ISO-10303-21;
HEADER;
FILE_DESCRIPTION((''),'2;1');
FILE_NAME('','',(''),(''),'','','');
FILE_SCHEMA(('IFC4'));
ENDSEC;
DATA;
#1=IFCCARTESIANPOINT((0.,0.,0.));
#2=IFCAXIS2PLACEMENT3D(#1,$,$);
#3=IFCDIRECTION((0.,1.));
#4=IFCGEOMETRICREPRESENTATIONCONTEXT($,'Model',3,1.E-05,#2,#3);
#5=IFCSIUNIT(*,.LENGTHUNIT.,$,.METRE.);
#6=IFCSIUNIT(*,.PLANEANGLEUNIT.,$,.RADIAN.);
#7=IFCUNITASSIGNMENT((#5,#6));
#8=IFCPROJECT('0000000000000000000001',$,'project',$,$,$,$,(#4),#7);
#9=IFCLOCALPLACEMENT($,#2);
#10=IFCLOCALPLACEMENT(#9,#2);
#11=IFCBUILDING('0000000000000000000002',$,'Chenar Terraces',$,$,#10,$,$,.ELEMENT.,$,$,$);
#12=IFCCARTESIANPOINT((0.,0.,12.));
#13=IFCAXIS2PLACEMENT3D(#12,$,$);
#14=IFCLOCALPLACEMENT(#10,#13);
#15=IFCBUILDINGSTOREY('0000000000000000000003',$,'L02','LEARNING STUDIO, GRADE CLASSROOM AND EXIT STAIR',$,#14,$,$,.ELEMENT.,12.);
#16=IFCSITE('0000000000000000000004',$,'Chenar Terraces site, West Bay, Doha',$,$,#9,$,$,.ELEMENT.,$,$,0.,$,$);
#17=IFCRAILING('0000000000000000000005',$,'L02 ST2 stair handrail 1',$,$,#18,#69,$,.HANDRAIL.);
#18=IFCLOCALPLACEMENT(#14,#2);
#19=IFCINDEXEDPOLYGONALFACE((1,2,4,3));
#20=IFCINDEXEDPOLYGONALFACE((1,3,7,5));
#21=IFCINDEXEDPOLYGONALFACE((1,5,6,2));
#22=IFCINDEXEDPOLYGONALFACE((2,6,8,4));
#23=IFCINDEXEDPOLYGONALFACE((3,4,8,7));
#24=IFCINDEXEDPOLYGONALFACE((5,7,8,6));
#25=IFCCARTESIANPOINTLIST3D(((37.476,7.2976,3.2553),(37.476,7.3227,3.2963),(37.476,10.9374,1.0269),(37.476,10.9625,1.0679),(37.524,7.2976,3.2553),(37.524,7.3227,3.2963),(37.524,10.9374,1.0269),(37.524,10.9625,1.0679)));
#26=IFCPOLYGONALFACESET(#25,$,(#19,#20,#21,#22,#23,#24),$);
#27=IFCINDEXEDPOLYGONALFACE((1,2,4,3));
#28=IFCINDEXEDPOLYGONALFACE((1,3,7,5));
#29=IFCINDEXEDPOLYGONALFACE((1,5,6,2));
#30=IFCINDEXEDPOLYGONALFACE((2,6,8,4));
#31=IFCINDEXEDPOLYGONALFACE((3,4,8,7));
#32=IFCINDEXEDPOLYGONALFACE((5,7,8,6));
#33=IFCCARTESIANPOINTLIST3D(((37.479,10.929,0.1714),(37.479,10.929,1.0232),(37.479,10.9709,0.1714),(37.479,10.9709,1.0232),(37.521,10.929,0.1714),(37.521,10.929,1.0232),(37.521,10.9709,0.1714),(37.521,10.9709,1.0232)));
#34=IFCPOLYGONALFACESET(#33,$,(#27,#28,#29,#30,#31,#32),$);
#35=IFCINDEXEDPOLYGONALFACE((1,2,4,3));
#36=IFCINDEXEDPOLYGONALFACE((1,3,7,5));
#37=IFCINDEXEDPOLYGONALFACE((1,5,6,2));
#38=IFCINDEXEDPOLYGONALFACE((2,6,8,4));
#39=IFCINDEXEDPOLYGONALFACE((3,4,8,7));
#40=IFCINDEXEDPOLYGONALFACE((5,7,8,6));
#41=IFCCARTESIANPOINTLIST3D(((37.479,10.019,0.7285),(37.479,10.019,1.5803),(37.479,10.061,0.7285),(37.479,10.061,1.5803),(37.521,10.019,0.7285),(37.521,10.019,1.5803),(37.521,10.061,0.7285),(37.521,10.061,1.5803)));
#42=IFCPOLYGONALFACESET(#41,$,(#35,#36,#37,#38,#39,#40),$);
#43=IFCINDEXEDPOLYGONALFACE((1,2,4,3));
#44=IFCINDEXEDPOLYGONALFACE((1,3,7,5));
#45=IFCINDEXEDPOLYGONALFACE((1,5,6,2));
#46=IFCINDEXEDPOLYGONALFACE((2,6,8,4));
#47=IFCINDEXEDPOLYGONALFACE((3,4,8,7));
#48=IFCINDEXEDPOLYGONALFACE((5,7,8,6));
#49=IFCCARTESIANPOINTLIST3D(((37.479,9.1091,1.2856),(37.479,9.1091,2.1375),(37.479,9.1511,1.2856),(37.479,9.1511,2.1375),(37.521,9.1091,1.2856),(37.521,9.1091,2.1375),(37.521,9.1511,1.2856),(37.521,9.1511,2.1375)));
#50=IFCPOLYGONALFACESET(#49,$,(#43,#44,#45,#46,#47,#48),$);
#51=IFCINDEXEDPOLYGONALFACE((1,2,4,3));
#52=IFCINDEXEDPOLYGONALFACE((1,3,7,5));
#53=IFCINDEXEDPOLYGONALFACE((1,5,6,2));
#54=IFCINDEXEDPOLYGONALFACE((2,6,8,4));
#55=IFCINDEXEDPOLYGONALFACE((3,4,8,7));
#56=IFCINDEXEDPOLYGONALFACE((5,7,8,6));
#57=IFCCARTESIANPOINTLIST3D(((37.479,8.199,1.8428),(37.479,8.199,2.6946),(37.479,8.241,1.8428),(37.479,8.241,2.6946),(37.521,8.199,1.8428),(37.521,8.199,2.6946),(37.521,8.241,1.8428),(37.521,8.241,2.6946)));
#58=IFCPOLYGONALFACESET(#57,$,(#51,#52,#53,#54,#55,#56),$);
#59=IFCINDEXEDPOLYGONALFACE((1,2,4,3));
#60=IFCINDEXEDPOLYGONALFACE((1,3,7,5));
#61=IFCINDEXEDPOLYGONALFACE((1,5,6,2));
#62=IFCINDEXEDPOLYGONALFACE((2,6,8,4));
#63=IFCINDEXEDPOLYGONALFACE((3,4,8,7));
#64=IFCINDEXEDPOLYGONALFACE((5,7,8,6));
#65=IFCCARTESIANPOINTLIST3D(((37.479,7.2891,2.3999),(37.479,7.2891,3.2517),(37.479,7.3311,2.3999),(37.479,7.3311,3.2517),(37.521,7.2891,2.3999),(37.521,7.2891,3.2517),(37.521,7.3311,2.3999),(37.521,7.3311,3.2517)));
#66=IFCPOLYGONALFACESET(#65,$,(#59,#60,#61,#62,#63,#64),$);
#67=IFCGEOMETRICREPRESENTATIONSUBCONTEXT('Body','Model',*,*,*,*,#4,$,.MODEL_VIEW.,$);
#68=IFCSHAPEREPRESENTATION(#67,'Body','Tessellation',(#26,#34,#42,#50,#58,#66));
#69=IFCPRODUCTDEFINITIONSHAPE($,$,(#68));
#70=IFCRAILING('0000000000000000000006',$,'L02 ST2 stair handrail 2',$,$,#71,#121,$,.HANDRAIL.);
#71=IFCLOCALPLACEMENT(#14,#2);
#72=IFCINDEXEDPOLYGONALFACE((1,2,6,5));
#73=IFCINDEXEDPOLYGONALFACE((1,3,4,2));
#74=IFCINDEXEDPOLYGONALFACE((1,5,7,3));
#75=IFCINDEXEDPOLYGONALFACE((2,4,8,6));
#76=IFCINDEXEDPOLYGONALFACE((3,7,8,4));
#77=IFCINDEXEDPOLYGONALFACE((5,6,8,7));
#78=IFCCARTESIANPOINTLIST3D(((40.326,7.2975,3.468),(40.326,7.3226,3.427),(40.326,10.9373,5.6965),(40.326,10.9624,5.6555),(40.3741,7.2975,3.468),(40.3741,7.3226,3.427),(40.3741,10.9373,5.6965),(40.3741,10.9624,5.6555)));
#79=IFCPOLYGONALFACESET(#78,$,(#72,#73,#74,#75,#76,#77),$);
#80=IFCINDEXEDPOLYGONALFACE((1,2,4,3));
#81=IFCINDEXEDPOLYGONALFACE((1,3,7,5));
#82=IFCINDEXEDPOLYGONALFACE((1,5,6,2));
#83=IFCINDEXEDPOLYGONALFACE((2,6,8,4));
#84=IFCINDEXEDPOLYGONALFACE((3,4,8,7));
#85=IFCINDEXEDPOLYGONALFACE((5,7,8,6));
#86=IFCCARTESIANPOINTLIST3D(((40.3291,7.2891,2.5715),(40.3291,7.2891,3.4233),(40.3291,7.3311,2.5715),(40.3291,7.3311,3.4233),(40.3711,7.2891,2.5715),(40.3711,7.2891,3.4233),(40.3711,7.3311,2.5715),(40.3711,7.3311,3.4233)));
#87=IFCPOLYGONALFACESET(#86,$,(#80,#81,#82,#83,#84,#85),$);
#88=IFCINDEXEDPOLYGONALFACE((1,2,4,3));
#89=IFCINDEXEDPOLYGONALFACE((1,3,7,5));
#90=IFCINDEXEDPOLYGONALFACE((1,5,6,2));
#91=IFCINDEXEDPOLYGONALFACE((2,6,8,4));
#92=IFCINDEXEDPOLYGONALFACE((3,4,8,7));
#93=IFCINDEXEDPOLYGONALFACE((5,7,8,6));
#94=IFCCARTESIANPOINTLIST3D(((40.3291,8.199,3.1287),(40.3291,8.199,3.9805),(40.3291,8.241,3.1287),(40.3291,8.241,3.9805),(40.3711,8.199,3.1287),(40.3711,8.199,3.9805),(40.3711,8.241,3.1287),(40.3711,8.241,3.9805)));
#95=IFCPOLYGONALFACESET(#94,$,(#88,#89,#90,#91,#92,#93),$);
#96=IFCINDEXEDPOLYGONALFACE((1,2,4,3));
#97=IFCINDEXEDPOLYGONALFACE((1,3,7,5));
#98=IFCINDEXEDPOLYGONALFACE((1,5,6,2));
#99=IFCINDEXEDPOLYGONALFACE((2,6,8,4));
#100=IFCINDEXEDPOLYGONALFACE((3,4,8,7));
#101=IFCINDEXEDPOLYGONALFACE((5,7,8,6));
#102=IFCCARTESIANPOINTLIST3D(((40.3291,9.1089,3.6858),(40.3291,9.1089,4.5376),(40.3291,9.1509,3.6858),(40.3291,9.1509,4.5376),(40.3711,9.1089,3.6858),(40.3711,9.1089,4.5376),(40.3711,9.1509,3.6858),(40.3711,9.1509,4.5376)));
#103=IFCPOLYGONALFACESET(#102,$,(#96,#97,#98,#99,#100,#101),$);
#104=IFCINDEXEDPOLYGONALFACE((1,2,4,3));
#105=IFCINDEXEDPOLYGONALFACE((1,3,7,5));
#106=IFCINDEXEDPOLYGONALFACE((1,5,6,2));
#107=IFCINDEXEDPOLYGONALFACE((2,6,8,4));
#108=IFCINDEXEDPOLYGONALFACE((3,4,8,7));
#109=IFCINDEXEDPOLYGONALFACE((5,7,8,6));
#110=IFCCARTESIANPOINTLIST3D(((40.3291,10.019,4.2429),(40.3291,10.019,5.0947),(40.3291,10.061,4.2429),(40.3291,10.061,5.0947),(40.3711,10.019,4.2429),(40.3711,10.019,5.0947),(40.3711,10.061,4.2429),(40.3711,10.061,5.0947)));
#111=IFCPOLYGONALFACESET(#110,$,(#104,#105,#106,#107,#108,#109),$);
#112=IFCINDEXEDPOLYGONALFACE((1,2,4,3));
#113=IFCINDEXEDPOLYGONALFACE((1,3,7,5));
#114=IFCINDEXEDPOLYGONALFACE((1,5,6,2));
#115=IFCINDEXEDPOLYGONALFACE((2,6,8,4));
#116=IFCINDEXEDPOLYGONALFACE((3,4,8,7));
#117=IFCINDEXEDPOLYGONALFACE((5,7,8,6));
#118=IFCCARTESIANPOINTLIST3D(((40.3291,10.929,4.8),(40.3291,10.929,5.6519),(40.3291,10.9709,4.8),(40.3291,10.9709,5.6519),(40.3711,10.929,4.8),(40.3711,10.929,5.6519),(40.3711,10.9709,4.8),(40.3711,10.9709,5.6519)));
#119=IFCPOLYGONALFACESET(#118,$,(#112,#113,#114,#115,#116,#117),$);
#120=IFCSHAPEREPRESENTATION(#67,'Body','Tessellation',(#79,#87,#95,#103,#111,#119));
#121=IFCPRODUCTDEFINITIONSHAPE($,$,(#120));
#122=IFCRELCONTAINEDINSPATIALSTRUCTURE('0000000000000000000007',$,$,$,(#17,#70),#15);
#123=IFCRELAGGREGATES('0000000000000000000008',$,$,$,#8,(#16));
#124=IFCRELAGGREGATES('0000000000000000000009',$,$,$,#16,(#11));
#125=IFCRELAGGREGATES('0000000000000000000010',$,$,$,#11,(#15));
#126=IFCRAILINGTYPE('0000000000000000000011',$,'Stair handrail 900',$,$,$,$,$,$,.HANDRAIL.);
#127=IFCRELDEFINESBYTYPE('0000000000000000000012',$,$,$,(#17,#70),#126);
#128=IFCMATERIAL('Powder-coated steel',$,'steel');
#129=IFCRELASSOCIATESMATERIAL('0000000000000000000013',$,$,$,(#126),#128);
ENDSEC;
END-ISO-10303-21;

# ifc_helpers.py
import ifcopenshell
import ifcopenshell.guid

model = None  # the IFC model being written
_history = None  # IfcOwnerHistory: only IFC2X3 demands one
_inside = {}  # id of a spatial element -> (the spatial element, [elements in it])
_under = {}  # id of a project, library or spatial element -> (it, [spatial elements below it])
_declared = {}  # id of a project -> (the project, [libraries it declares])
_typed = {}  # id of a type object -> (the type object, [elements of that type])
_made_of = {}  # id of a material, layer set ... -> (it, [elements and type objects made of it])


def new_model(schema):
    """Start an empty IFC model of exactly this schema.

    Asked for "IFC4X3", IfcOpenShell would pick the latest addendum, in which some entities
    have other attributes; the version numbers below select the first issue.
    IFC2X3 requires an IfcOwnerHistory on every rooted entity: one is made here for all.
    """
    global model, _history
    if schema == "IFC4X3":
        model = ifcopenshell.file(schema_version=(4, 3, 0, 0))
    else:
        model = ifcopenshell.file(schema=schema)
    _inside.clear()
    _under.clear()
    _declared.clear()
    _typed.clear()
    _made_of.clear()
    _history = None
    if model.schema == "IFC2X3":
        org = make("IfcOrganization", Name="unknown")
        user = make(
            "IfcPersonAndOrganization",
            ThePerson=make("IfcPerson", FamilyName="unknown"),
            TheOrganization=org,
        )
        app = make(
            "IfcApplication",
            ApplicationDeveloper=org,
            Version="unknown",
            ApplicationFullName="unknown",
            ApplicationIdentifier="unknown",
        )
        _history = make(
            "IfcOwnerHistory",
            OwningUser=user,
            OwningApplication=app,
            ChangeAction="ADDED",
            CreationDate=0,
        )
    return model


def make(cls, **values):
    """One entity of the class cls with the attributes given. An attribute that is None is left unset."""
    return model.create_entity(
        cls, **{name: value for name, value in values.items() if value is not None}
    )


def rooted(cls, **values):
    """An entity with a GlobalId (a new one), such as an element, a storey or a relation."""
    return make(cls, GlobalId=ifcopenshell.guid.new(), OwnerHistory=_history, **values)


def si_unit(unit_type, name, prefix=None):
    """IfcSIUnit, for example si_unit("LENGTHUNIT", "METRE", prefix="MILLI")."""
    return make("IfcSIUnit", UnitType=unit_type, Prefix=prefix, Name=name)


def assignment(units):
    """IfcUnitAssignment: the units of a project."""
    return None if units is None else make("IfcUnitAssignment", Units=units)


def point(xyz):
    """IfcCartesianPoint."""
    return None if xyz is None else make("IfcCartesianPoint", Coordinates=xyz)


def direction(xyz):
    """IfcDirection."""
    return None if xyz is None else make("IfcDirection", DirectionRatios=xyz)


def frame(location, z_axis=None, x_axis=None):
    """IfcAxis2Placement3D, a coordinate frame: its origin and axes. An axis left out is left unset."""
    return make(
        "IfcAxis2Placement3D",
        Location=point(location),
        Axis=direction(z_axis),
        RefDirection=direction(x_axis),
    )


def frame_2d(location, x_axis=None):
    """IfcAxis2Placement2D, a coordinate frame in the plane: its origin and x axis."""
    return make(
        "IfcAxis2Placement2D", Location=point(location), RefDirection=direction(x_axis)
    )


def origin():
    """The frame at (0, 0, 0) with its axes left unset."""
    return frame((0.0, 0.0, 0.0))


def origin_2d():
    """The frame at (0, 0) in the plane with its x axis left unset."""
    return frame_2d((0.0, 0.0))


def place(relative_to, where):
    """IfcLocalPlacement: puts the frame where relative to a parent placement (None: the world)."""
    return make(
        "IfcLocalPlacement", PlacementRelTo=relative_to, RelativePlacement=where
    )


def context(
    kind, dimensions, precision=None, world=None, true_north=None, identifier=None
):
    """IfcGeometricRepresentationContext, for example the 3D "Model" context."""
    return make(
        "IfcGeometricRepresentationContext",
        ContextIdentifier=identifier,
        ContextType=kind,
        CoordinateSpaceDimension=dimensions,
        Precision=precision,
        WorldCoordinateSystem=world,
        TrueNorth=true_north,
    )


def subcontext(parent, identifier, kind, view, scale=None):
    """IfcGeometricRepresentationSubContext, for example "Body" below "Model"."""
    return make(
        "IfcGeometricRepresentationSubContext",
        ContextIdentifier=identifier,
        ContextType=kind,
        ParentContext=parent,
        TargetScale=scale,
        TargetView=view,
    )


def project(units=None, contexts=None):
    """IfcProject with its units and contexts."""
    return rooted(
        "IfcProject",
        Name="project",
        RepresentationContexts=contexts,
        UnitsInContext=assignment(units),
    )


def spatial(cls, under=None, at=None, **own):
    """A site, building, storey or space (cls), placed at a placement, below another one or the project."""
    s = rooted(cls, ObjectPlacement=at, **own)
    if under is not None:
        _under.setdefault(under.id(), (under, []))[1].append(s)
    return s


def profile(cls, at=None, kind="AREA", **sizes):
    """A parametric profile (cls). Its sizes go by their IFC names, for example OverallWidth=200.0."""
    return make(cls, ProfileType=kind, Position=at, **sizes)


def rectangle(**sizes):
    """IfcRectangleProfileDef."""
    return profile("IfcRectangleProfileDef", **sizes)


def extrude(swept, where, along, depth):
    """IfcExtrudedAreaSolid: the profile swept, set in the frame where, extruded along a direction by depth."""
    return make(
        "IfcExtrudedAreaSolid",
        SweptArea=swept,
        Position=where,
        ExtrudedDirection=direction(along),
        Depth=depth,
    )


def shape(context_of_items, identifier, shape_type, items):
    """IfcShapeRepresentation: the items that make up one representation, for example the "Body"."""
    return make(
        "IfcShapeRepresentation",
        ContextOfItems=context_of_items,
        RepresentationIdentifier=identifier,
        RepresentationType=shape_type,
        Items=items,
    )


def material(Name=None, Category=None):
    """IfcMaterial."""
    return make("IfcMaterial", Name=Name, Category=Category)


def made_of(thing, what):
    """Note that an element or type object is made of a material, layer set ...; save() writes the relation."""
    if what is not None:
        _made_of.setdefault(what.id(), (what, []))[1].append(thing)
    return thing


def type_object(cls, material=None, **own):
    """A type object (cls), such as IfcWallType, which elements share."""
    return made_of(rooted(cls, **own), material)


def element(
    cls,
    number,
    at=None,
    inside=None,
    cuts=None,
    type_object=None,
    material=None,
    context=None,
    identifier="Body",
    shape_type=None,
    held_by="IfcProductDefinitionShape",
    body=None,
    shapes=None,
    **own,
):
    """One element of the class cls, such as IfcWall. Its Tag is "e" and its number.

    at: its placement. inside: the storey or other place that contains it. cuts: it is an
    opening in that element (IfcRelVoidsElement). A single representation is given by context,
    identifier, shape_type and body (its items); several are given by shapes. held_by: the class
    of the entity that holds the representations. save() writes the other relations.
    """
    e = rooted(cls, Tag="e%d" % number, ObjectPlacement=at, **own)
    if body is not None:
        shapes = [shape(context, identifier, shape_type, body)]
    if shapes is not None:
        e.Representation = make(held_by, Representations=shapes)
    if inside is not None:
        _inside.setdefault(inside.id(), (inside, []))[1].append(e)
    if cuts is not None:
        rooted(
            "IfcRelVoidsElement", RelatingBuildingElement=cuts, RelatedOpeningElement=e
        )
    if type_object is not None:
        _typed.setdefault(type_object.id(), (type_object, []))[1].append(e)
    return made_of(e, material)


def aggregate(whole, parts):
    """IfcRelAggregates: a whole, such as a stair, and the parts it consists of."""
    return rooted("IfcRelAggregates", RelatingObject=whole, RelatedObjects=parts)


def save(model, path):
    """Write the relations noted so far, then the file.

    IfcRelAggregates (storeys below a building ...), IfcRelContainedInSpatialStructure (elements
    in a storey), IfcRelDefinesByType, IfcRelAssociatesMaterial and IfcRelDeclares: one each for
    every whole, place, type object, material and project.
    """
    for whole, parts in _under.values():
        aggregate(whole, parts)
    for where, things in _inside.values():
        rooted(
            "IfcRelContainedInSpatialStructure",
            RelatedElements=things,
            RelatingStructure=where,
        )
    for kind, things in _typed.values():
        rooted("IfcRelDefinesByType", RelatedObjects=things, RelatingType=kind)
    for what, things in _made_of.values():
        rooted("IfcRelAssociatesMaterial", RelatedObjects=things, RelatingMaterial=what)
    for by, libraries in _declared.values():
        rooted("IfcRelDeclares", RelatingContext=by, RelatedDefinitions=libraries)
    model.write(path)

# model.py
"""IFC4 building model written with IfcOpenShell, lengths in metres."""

from ifc_helpers import new_model, si_unit, direction, frame, origin, origin_2d, place, context, subcontext, project, spatial, rectangle, extrude, material, type_object, element, save


model = new_model("IFC4")

# Units and contexts
model_context = context("Model", 3, precision=1e-05, world=origin(), true_north=direction((0.0, 1.0)))
body_context = subcontext(model_context, "Body", "Model", "MODEL_VIEW")
ifc_project = project(units=[si_unit("LENGTHUNIT", "METRE"), si_unit("PLANEANGLEUNIT", "RADIAN")], contexts=[model_context])

# Site, building, storey
site_placement = place(None, origin())
site = spatial("IfcSite", under=ifc_project, at=site_placement, Name="Chenar Terraces site, West Bay, Doha", CompositionType="ELEMENT", RefElevation=0.0)
building_placement = place(site_placement, origin())
building = spatial("IfcBuilding", under=site, at=building_placement, Name="Chenar Terraces", CompositionType="ELEMENT")
storey_placement = place(building_placement, frame((0.0, 0.0, 12.0)))
storey = spatial("IfcBuildingStorey", under=building, at=storey_placement, Name="L02", Description="LEARNING STUDIO, GRADE CLASSROOM AND EXIT STAIR", CompositionType="ELEMENT", Elevation=12.0)

# Railings
ifc_material_1 = material(Name="Powder-coated steel", Category="steel")
railing_type_1 = type_object("IfcRailingType", Name="Stair handrail 900", PredefinedType="HANDRAIL", material=ifc_material_1)
railing_1_placement = place(storey_placement, frame((37.5, 10.95, 0.1714)))
element("IfcRailing", 1, at=railing_1_placement, inside=storey, type_object=railing_type_1, Name="L02 ST2 stair handrail 1", PredefinedType="HANDRAIL", context=body_context, shape_type="SweptSolid", body=[
    extrude(rectangle(XDim=0.0481, YDim=0.0481, at=origin_2d()), frame((0.0, 0.0, 0.876), z_axis=(0.0, -0.85285, 0.522156), x_axis=(1.0, 0.0, 0.0)), (0.0, 0.0, 1.0), 4.2678),
    extrude(rectangle(XDim=0.042, YDim=0.042, at=origin_2d()), origin(), (0.0, 0.0, 1.0), 0.8518),
    extrude(rectangle(XDim=0.042, YDim=0.042, at=origin_2d()), frame((0.0, -0.9099, 0.5571)), (0.0, 0.0, 1.0), 0.8518),
    extrude(rectangle(XDim=0.042, YDim=0.042, at=origin_2d()), frame((0.0, -1.8198, 1.1143)), (0.0, 0.0, 1.0), 0.8518),
    extrude(rectangle(XDim=0.042, YDim=0.042, at=origin_2d()), frame((0.0, -2.73, 1.6714)), (0.0, 0.0, 1.0), 0.8518),
    extrude(rectangle(XDim=0.042, YDim=0.042, at=origin_2d()), frame((0.0, -3.6399, 2.2285)), (0.0, 0.0, 1.0), 0.8518),
])
railing_2_placement = place(storey_placement, frame((40.3501, 7.3101, 2.5715)))
element("IfcRailing", 2, at=railing_2_placement, inside=storey, type_object=railing_type_1, Name="L02 ST2 stair handrail 2", PredefinedType="HANDRAIL", context=body_context, shape_type="SweptSolid", body=[
    extrude(rectangle(XDim=0.0481, YDim=0.0481, at=origin_2d()), frame((0.0, 0.0, 0.876), z_axis=(0.0, 0.85285, 0.522156), x_axis=(-1.0, 0.0, 0.0)), (0.0, 0.0, 1.0), 4.2678),
    extrude(rectangle(XDim=0.042, YDim=0.042, at=origin_2d()), origin(), (0.0, 0.0, 1.0), 0.8518),
    extrude(rectangle(XDim=0.042, YDim=0.042, at=origin_2d()), frame((0.0, 0.9099, 0.5571)), (0.0, 0.0, 1.0), 0.8518),
    extrude(rectangle(XDim=0.042, YDim=0.042, at=origin_2d()), frame((0.0, 1.8198, 1.1143)), (0.0, 0.0, 1.0), 0.8518),
    extrude(rectangle(XDim=0.042, YDim=0.042, at=origin_2d()), frame((0.0, 2.73, 1.6714)), (0.0, 0.0, 1.0), 0.8518),
    extrude(rectangle(XDim=0.042, YDim=0.042, at=origin_2d()), frame((0.0, 3.6399, 2.2285)), (0.0, 0.0, 1.0), 0.8518),
])

save(model, "model.ifc")
